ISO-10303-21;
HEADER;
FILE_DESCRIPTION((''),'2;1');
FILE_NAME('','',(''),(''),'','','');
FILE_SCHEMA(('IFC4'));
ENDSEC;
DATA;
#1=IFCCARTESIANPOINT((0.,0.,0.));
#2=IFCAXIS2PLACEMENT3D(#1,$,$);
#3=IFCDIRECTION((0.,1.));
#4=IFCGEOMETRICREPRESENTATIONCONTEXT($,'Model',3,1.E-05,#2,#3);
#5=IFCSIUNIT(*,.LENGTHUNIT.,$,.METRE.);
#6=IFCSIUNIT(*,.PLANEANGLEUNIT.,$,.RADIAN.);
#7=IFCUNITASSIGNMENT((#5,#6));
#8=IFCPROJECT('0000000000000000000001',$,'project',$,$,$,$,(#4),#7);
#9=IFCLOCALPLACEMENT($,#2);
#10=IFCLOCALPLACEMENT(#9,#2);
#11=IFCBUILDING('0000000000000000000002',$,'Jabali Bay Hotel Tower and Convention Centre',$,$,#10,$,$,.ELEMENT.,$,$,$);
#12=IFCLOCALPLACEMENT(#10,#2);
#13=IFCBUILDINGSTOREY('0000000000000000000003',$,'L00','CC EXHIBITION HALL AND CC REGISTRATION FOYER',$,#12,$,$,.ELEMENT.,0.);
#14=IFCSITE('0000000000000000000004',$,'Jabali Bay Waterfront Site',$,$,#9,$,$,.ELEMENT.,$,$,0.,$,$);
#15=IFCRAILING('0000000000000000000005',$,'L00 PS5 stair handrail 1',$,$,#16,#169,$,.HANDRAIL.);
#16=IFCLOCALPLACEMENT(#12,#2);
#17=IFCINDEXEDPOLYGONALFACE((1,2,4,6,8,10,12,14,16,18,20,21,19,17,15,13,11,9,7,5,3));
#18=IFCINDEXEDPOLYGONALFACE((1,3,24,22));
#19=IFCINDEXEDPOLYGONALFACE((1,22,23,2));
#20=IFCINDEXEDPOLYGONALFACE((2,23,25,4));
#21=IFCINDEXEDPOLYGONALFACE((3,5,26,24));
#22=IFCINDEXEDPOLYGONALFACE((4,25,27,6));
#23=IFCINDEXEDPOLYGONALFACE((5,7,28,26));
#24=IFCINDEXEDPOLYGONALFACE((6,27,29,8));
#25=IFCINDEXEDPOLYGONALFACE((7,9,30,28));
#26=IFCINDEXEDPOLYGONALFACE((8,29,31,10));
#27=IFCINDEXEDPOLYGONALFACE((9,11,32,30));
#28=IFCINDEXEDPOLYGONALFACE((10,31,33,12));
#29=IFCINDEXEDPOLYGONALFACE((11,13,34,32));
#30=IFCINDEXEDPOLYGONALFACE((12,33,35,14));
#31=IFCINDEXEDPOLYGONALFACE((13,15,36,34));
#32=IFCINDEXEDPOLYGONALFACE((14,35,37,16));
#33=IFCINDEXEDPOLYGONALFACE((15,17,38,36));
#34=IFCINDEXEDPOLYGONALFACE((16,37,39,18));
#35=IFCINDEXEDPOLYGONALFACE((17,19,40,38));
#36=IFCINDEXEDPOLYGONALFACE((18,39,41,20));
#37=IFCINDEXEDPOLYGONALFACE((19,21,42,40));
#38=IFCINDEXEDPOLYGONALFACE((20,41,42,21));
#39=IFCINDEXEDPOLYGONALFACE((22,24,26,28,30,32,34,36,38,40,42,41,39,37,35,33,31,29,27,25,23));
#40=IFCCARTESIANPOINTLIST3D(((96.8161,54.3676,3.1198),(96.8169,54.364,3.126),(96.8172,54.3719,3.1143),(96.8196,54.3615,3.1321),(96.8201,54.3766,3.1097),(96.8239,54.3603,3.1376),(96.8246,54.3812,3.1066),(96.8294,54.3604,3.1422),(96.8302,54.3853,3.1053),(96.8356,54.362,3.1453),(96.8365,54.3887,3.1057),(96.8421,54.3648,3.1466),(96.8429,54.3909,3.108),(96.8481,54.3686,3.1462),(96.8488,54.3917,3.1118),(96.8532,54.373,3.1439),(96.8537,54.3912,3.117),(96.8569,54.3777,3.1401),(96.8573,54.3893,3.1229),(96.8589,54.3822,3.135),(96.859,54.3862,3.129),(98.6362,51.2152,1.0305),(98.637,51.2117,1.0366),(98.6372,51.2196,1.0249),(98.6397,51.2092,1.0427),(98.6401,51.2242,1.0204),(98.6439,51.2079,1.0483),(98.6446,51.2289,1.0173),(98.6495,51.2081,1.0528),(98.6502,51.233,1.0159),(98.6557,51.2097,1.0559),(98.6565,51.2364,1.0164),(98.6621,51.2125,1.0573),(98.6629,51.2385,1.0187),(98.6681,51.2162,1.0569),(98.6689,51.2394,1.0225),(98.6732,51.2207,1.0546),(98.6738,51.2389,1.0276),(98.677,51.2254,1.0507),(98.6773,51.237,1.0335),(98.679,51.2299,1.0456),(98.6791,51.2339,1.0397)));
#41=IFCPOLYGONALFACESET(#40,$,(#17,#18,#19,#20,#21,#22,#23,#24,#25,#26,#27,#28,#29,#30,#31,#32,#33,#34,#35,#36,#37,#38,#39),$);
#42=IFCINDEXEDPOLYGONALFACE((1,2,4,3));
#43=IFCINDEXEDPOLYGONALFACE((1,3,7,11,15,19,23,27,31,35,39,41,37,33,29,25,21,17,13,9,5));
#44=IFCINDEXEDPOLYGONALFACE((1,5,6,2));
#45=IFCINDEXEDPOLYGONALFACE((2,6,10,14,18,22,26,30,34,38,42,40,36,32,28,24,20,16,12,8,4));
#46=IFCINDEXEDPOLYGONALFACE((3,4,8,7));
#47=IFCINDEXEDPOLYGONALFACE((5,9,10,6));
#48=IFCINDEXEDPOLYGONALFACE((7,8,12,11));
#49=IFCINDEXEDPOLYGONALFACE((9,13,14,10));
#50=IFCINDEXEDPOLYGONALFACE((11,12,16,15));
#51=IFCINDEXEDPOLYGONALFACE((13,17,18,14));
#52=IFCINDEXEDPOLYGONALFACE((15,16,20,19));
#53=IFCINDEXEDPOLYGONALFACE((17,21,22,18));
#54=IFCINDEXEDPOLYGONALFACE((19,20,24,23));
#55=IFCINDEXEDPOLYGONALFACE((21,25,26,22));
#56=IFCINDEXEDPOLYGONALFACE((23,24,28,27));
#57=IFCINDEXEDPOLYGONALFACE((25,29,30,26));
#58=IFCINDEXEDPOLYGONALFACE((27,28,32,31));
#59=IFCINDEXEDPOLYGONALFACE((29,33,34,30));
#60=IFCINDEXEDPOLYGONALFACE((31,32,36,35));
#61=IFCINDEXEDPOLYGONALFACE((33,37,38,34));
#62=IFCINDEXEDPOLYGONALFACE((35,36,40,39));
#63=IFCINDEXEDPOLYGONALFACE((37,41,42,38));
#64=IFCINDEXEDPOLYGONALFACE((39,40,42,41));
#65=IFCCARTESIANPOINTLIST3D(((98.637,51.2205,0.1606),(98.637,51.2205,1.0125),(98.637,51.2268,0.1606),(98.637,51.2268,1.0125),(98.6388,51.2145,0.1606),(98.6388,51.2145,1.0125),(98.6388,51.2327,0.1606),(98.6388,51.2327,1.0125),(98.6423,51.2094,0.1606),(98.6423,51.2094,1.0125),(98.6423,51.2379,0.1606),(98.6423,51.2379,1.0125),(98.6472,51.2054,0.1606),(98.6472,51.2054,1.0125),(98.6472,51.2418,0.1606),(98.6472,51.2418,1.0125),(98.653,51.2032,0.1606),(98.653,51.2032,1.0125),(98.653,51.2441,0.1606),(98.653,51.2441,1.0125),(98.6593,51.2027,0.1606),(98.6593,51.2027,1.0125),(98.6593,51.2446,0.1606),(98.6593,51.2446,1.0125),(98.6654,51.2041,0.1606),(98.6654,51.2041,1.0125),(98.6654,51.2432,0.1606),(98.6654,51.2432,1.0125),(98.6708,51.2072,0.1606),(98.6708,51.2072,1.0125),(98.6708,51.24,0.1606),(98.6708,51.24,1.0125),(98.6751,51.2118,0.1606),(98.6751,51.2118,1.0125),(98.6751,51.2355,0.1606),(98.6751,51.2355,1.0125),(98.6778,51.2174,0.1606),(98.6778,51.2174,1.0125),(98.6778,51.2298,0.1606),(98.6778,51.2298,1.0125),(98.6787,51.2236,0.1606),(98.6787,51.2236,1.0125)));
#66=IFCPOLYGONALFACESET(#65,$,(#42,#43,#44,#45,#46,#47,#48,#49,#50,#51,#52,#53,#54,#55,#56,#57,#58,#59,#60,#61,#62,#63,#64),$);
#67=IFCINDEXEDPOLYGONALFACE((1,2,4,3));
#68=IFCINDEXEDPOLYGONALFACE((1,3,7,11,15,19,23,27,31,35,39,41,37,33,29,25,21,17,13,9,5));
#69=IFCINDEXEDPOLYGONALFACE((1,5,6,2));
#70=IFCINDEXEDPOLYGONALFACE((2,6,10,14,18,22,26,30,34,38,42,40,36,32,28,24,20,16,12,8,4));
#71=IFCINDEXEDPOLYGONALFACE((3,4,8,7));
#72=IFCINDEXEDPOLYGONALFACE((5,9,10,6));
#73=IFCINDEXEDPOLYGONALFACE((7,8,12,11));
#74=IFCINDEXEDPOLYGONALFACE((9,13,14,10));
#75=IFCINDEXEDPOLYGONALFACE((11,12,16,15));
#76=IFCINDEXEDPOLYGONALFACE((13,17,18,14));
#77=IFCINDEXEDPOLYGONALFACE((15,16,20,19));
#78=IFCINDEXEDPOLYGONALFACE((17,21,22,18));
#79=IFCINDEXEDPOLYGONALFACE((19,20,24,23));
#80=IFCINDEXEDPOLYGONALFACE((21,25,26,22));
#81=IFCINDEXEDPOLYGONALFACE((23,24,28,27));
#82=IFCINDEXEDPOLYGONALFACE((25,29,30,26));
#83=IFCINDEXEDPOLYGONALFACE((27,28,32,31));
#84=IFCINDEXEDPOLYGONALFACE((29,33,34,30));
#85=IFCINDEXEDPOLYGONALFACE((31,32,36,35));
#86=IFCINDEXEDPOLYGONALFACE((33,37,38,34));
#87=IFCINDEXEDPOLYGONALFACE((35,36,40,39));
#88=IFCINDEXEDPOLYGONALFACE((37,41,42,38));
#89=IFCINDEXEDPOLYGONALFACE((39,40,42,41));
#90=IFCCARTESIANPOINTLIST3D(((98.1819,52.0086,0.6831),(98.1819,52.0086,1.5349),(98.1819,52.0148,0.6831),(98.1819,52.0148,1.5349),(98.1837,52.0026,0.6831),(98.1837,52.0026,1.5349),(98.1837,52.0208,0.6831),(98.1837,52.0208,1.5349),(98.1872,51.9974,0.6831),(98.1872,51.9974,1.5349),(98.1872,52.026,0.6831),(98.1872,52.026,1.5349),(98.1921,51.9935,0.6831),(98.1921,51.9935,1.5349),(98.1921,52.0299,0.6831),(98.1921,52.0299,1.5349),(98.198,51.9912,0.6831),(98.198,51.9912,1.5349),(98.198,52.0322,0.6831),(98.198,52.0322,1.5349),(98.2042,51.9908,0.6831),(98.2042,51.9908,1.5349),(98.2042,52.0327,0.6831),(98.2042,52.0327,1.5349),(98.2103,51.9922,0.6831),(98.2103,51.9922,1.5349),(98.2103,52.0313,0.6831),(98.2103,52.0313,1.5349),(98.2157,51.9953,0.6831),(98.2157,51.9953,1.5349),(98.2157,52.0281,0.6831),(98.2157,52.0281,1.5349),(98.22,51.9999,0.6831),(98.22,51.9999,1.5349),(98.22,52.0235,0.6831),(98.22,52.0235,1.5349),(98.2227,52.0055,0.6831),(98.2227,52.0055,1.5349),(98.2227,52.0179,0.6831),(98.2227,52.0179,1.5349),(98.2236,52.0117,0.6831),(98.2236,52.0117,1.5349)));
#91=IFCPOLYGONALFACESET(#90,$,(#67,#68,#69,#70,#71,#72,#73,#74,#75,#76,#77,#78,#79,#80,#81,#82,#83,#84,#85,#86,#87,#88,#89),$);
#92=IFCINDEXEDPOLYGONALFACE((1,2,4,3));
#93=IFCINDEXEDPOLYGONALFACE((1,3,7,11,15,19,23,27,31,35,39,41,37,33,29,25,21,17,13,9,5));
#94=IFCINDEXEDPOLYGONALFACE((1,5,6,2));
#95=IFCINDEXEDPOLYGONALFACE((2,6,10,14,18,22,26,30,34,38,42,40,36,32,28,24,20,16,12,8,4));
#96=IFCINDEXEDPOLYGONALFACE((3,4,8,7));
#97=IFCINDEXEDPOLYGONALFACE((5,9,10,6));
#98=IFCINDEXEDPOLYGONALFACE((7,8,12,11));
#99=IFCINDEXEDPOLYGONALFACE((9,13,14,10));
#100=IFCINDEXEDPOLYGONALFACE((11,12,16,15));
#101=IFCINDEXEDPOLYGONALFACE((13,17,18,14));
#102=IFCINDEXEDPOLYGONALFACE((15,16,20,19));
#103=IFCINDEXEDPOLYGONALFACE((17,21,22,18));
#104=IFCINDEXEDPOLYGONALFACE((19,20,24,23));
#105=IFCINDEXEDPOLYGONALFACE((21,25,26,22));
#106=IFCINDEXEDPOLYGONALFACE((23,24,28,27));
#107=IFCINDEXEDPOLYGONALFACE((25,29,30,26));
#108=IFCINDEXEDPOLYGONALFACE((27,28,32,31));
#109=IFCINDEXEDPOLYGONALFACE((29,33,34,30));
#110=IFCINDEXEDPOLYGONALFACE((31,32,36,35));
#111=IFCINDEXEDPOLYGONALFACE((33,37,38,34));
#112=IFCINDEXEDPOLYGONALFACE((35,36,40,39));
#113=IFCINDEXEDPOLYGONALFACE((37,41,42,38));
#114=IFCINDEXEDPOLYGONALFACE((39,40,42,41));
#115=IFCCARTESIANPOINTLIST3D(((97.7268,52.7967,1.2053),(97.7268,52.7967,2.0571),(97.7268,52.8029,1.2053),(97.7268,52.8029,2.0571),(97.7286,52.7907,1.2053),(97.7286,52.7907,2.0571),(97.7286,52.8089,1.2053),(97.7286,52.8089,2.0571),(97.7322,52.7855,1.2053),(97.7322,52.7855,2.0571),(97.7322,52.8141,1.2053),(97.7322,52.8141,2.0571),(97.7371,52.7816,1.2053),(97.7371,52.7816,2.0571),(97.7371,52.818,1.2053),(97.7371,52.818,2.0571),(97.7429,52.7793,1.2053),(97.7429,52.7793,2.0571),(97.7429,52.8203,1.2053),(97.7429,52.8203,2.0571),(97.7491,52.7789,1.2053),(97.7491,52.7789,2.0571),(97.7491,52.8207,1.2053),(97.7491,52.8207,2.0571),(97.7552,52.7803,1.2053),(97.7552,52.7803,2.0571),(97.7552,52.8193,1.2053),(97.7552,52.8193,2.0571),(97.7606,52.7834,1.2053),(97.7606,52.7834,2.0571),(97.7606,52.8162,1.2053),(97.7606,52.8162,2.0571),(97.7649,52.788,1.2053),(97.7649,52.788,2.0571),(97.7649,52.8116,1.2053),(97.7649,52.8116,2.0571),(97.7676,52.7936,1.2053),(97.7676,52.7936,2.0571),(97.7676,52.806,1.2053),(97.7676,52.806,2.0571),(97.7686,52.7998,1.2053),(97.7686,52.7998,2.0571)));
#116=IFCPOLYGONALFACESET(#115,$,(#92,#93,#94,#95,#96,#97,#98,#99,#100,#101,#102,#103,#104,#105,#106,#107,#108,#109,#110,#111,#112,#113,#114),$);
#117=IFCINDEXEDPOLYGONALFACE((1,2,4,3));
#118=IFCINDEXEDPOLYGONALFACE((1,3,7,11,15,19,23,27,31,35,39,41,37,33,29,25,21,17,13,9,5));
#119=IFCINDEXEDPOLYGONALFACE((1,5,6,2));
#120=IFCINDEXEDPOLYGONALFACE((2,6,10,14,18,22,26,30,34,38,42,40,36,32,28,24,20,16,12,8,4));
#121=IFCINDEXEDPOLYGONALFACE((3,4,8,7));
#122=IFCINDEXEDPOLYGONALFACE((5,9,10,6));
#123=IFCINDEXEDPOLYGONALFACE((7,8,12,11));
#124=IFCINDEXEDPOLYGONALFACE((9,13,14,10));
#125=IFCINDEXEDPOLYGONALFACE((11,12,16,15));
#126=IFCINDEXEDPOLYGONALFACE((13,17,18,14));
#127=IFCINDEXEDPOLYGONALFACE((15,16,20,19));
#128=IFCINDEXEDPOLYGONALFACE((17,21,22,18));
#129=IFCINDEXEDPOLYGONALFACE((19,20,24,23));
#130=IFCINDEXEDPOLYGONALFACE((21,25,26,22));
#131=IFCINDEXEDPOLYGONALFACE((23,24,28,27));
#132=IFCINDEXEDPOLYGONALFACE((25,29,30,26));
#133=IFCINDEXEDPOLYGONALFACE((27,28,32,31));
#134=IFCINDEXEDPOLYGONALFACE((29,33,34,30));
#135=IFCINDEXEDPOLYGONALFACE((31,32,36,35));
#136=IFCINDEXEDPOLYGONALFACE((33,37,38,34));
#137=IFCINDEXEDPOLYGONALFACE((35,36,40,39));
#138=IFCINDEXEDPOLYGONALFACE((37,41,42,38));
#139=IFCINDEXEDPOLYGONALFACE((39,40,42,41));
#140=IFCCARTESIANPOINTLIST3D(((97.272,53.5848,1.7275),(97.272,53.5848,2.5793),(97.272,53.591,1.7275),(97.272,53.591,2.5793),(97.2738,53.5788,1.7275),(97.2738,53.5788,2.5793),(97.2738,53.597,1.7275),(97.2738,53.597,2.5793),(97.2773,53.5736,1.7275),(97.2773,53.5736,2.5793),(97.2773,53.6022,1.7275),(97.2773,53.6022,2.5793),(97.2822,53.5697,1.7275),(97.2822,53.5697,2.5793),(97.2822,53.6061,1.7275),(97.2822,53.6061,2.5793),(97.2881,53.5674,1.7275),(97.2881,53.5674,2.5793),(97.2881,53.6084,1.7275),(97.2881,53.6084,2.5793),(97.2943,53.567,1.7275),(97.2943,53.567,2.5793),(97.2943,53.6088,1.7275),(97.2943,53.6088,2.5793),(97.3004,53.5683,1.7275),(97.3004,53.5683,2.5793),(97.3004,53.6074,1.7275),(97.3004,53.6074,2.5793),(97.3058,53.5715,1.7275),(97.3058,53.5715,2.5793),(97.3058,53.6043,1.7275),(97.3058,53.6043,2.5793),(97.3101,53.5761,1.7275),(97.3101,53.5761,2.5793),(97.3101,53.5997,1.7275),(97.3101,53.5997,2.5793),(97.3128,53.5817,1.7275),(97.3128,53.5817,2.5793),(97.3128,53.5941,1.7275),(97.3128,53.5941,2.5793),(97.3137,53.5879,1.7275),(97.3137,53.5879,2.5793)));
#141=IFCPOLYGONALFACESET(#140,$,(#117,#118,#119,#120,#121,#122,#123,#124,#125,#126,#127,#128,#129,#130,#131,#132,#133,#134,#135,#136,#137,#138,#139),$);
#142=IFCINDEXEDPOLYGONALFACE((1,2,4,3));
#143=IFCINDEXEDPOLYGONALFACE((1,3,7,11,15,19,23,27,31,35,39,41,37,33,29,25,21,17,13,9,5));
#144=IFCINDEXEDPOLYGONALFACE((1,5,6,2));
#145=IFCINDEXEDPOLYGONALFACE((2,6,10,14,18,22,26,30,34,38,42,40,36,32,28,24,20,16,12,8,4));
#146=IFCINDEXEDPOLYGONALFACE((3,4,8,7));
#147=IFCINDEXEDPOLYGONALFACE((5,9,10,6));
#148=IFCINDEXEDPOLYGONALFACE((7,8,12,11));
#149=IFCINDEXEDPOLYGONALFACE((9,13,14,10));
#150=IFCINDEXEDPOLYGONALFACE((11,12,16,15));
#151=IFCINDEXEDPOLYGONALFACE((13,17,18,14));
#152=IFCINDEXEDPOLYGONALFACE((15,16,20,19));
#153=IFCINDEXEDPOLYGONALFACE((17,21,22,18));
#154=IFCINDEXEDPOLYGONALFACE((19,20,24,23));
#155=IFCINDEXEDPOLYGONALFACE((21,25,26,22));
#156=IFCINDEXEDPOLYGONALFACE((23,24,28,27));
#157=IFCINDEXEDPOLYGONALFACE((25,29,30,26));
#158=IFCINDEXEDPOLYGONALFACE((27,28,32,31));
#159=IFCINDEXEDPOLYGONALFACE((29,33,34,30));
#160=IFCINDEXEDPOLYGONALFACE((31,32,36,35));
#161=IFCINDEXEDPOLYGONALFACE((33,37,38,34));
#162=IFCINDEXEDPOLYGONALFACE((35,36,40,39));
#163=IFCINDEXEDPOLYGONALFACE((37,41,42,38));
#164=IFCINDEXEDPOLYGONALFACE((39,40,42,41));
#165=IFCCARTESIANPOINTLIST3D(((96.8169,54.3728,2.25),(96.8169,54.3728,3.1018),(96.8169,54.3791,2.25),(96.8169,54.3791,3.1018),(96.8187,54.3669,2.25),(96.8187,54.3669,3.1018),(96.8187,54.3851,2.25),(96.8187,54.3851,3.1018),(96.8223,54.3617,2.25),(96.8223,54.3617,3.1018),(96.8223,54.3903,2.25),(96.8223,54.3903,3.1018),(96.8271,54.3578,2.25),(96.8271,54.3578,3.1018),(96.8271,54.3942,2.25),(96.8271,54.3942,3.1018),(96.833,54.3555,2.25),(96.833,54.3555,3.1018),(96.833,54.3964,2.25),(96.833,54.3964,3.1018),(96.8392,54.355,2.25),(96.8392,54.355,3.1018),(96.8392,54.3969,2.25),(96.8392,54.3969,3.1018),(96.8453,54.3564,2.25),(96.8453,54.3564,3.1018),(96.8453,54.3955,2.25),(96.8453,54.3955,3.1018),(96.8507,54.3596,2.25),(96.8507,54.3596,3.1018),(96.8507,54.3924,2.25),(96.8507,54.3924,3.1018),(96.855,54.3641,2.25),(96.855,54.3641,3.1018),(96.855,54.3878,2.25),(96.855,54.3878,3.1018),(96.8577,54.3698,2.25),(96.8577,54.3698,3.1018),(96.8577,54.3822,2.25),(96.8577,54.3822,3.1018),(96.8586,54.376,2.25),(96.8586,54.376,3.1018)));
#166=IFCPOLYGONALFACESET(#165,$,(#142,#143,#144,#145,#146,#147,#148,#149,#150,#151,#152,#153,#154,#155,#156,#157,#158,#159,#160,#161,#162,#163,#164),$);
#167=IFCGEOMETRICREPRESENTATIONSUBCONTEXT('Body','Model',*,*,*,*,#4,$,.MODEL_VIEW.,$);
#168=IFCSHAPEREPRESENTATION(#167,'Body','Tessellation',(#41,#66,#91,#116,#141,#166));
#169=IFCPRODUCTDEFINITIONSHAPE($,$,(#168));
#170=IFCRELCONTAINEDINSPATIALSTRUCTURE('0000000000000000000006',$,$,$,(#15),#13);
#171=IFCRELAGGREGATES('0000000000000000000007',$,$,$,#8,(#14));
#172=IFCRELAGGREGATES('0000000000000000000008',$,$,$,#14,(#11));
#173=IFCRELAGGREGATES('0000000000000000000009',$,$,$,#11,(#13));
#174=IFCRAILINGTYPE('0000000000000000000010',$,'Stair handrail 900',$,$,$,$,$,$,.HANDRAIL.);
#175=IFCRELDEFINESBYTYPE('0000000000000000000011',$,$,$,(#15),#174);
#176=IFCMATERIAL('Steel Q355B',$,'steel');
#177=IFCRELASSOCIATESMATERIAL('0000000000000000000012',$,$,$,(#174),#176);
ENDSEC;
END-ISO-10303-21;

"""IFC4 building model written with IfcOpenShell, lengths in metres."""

from ifc_helpers import new_model, si_unit, direction, frame, origin, origin_2d, place, context, subcontext, project, spatial, circle, extrude, material, type_object, element, save


model = new_model("IFC4")

# Units and contexts
model_context = context("Model", 3, precision=1e-05, world=origin(), true_north=direction((0.0, 1.0)))
body_context = subcontext(model_context, "Body", "Model", "MODEL_VIEW")
ifc_project = project(units=[si_unit("LENGTHUNIT", "METRE"), si_unit("PLANEANGLEUNIT", "RADIAN")], contexts=[model_context])

# Site, building, storey
site_placement = place(None, origin())
site = spatial("IfcSite", under=ifc_project, at=site_placement, Name="Jabali Bay Waterfront Site", CompositionType="ELEMENT", RefElevation=0.0)
building_placement = place(site_placement, origin())
building = spatial("IfcBuilding", under=site, at=building_placement, Name="Jabali Bay Hotel Tower and Convention Centre", CompositionType="ELEMENT")
storey_placement = place(building_placement, origin())
storey = spatial("IfcBuildingStorey", under=building, at=storey_placement, Name="L00", Description="CC EXHIBITION HALL AND CC REGISTRATION FOYER", CompositionType="ELEMENT", Elevation=0.0)

# Railing
ifc_material_1 = material(Name="Steel Q355B", Category="steel")
railing_type = type_object("IfcRailingType", Name="Stair handrail 900", PredefinedType="HANDRAIL", material=ifc_material_1)
for number, where, name in (
    (1, (98.6577, 51.2236, 0.1606), "L00 PS5 stair handrail 1"),
):
    element("IfcRailing", number, at=place(storey_placement, frame(where)), inside=storey, type_object=railing_type, Name=name, PredefinedType="HANDRAIL", context=body_context, shape_type="SweptSolid", body=[
        extrude(circle(Radius=0.0239, at=origin_2d()), frame((0.0, 0.0, 0.876), z_axis=(-0.433653, 0.751084, 0.497814), x_axis=(-0.866018, -0.500013, 0.0)), (0.0, 0.0, 1.0), 4.197),
        extrude(circle(Radius=0.021, at=origin_2d()), origin(), (0.0, 0.0, 1.0), 0.8518),
        extrude(circle(Radius=0.021, at=origin_2d()), frame((-0.4551, 0.7881, 0.5225)), (0.0, 0.0, 1.0), 0.8518),
        extrude(circle(Radius=0.021, at=origin_2d()), frame((-0.9102, 1.5762, 1.0447)), (0.0, 0.0, 1.0), 0.8518),
        extrude(circle(Radius=0.021, at=origin_2d()), frame((-1.365, 2.3643, 1.5669)), (0.0, 0.0, 1.0), 0.8518),
        extrude(circle(Radius=0.021, at=origin_2d()), frame((-1.8201, 3.1523, 2.0894)), (0.0, 0.0, 1.0), 0.8518),
    ])

save(model, "model.ifc")
